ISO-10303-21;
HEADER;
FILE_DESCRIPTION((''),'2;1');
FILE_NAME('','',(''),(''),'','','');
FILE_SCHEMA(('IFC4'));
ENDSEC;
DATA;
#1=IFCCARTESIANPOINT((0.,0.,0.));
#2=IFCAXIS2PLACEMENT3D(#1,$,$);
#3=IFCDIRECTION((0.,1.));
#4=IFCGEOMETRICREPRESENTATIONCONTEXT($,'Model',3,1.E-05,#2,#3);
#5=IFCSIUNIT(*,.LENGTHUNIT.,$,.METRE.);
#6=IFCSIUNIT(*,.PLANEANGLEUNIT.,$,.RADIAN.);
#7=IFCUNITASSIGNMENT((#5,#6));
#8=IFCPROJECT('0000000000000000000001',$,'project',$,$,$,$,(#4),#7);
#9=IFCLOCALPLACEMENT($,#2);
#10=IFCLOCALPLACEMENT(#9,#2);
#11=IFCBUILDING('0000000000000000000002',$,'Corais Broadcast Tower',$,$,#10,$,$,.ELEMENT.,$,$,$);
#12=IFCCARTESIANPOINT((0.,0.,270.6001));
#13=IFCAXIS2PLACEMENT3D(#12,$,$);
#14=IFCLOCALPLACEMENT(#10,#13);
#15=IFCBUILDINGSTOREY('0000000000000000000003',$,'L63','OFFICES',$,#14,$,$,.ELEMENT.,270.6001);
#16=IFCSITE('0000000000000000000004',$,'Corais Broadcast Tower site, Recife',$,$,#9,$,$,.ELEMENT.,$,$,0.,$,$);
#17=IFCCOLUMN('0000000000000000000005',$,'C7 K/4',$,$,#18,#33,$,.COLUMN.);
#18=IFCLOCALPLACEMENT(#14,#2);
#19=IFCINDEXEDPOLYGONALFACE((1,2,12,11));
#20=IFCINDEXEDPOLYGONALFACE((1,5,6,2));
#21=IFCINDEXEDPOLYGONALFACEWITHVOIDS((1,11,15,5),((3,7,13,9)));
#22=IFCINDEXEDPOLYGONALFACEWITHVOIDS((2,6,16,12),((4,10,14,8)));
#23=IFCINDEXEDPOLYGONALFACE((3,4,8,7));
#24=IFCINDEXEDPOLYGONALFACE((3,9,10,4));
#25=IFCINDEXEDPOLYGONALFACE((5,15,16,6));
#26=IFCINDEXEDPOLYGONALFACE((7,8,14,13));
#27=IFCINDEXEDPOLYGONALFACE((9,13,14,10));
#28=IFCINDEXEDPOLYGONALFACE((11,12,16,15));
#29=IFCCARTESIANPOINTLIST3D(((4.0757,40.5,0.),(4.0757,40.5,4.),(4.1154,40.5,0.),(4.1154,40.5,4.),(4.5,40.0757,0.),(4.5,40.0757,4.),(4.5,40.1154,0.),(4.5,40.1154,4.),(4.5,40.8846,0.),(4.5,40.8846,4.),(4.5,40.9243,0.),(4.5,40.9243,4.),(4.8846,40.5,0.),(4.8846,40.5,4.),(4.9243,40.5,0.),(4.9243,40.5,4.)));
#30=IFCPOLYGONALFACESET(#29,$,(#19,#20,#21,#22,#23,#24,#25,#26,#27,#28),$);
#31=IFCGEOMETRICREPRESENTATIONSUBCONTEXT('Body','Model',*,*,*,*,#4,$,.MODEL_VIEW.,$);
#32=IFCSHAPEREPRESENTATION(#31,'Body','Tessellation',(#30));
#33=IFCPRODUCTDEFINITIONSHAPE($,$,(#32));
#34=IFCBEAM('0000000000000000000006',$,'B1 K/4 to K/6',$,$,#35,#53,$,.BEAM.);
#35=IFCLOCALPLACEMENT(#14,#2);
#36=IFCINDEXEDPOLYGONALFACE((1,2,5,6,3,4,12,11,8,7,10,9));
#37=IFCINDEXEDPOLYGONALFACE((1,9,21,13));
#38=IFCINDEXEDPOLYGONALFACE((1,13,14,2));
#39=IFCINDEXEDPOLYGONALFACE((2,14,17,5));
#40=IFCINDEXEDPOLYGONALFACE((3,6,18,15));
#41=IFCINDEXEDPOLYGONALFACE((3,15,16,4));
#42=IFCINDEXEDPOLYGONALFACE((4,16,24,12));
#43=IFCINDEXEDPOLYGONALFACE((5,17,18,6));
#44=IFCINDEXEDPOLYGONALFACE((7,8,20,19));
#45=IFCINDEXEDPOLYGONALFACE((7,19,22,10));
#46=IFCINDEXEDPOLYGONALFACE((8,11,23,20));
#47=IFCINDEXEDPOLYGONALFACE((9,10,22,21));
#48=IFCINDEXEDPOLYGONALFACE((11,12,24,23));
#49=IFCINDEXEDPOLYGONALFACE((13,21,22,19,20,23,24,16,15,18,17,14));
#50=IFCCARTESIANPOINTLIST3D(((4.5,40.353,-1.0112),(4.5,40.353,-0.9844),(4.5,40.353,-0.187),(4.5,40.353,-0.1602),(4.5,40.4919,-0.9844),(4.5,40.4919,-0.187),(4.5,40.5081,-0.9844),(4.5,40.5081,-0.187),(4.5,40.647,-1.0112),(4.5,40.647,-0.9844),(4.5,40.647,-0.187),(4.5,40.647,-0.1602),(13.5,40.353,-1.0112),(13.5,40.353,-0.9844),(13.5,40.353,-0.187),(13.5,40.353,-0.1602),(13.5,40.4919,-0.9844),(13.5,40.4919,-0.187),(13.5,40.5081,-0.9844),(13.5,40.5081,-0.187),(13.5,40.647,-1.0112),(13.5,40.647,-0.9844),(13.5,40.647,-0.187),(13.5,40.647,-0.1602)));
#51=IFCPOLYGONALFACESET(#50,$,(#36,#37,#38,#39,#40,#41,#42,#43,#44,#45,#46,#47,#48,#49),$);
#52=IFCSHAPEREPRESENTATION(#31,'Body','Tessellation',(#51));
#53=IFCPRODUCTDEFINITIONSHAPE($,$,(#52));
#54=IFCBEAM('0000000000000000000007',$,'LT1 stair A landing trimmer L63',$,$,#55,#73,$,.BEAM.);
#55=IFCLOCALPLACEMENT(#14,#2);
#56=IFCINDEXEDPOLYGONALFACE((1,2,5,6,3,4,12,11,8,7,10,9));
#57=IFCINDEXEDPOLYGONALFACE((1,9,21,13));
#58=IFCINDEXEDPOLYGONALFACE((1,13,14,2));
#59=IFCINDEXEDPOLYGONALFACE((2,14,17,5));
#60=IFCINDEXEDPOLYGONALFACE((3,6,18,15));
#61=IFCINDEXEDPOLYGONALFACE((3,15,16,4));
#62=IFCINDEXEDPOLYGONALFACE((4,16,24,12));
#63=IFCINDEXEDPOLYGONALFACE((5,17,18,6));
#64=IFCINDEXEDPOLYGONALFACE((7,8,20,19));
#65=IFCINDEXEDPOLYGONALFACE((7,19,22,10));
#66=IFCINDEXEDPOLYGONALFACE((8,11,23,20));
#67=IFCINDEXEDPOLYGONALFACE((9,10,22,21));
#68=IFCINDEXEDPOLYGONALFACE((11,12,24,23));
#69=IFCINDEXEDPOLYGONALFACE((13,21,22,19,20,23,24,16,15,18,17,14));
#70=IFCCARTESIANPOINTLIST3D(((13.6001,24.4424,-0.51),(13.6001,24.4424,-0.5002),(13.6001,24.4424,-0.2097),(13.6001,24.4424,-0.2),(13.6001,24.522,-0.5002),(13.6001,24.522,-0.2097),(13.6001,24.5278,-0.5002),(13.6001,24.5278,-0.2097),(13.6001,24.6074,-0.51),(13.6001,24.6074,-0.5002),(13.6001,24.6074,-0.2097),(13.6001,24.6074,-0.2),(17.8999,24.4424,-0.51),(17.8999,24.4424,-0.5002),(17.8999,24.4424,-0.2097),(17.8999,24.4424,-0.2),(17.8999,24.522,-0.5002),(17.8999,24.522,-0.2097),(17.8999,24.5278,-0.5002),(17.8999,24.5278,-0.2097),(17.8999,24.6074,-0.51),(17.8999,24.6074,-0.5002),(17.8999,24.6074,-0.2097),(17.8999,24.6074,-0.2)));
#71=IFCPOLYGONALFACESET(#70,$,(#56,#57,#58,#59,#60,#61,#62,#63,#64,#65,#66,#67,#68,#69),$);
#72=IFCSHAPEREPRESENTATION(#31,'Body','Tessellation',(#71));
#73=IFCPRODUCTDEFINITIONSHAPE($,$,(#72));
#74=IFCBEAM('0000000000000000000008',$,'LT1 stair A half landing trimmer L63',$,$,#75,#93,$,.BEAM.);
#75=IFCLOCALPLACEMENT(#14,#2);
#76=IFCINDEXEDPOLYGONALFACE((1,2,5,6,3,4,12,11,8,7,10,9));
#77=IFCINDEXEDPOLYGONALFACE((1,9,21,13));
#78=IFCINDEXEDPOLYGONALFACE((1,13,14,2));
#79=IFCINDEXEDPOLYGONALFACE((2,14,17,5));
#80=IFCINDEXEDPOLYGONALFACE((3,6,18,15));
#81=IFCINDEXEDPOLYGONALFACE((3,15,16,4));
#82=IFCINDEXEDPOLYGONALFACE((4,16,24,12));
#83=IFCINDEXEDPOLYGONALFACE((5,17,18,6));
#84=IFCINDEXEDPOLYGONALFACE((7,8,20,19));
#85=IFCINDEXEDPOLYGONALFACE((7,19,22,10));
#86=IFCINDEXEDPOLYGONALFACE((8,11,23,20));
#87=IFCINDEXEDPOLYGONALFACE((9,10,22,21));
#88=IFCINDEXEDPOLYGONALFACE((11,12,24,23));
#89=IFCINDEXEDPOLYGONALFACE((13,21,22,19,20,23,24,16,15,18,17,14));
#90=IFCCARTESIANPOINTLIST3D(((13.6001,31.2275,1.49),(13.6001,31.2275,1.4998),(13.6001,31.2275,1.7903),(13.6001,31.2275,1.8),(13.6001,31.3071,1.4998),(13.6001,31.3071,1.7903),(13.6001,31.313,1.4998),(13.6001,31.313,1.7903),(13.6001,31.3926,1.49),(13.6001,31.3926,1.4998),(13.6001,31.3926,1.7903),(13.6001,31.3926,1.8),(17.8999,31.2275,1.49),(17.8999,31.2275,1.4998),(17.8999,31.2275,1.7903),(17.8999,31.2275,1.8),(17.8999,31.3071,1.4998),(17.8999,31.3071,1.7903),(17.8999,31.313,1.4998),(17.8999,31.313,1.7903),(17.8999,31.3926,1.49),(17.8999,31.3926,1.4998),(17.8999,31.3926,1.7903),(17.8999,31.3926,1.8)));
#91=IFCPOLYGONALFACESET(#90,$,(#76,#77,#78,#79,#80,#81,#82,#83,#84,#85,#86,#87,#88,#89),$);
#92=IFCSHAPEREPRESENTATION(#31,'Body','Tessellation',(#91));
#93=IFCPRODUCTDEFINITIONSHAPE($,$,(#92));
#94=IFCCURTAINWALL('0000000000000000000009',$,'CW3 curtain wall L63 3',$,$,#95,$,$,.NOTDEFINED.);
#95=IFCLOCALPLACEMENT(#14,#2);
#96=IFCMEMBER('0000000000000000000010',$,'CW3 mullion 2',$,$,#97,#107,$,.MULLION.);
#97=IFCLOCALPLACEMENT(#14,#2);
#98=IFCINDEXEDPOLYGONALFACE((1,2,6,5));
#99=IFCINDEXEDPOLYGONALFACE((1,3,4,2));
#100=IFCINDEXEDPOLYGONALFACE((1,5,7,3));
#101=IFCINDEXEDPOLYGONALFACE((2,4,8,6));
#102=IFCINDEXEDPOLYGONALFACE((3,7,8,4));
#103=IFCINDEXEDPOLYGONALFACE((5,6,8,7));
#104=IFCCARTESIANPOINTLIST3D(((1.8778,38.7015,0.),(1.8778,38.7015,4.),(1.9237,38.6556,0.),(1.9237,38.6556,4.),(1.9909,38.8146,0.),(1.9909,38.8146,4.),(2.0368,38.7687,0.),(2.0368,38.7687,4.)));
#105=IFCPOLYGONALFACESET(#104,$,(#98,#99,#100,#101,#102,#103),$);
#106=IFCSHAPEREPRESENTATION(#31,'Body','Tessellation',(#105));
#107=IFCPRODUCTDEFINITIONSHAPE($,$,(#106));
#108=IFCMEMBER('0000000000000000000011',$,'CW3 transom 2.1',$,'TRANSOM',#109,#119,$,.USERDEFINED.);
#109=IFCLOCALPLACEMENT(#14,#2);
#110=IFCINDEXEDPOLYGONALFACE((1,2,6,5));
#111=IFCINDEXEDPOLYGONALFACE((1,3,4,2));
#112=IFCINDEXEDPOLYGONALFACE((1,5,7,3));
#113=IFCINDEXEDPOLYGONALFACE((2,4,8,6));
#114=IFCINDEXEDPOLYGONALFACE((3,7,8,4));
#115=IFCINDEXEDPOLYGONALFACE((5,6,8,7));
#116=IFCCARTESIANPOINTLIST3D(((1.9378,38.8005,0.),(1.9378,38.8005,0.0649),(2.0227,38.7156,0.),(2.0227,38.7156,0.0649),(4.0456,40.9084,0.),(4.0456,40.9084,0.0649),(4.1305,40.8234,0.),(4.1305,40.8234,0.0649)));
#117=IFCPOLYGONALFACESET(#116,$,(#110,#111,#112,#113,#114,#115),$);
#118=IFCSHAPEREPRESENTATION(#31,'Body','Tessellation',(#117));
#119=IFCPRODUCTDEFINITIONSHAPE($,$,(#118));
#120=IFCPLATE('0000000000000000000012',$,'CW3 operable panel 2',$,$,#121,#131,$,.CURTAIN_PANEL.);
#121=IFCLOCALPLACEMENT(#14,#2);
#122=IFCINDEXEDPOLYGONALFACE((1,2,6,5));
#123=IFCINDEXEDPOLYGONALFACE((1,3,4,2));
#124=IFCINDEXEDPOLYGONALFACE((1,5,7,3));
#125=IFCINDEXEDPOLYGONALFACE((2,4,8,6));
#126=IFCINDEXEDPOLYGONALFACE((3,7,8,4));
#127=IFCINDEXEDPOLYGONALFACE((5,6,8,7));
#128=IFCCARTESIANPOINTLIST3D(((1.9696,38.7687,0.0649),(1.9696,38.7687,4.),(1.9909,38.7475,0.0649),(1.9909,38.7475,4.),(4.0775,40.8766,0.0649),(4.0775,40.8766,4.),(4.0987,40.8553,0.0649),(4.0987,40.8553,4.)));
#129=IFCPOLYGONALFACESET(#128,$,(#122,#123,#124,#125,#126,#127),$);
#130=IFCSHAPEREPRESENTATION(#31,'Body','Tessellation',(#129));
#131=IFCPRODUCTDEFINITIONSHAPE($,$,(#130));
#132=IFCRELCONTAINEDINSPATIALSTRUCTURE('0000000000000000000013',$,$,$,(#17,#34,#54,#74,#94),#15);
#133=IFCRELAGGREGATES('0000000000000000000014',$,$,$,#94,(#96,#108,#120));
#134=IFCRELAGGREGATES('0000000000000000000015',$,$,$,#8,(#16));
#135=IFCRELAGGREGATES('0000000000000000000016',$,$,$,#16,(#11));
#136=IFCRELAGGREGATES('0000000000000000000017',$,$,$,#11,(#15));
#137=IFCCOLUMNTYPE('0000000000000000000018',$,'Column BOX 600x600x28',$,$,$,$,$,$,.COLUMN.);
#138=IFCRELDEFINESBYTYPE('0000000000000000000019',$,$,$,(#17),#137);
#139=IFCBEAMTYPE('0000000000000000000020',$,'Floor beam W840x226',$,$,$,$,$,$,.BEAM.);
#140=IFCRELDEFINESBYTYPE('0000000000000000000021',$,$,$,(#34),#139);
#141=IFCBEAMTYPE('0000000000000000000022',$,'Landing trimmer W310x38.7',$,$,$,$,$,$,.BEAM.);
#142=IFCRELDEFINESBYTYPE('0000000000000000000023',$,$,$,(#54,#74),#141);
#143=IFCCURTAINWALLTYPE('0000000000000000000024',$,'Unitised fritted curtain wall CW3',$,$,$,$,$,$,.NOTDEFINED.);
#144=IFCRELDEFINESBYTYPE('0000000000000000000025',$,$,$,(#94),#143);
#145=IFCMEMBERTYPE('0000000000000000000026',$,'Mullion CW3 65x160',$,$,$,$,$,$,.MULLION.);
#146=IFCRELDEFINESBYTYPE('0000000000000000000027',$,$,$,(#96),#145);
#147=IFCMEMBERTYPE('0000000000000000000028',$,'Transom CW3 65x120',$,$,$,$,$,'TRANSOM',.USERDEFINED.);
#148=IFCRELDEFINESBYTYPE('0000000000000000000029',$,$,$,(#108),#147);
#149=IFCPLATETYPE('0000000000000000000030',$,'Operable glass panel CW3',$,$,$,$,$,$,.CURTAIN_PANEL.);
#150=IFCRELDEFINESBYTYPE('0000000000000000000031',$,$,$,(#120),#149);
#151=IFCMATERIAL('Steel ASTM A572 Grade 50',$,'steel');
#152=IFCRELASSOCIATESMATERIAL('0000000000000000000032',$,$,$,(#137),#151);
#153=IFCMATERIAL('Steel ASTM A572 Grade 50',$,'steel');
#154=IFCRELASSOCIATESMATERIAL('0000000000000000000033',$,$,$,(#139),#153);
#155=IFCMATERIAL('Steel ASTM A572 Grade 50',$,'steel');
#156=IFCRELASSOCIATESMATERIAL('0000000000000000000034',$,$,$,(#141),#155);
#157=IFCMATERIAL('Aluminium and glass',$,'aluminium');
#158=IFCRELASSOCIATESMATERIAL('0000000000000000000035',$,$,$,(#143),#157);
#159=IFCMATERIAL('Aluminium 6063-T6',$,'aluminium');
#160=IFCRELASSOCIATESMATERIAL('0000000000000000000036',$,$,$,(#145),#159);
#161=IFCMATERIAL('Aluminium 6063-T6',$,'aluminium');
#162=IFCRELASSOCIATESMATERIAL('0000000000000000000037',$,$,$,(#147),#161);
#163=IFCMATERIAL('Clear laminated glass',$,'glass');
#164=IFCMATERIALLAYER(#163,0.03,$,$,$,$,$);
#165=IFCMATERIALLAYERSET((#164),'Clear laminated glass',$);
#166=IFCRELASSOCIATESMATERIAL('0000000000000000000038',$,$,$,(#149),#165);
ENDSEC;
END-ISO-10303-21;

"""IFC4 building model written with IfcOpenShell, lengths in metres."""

from ifc_helpers import new_model, si_unit, direction, frame, origin, origin_2d, place, context, subcontext, project, spatial, rectangle, hollow_rectangle, i_section, extrude, material, layer, layer_set, material_profile, profile_set, type_object, element, aggregate, save


model = new_model("IFC4")

# Units and contexts
model_context = context("Model", 3, precision=1e-05, world=origin(), true_north=direction((0.0, 1.0)))
body_context = subcontext(model_context, "Body", "Model", "MODEL_VIEW")
ifc_project = project(units=[si_unit("LENGTHUNIT", "METRE"), si_unit("PLANEANGLEUNIT", "RADIAN")], contexts=[model_context])

# Site, building, storey
site_placement = place(None, origin())
site = spatial("IfcSite", under=ifc_project, at=site_placement, Name="Corais Broadcast Tower site, Recife", CompositionType="ELEMENT", RefElevation=0.0)
building_placement = place(site_placement, origin())
building = spatial("IfcBuilding", under=site, at=building_placement, Name="Corais Broadcast Tower", CompositionType="ELEMENT")
storey_placement = place(building_placement, frame((0.0, 0.0, 270.6001)))
storey = spatial("IfcBuildingStorey", under=building, at=storey_placement, Name="L63", Description="OFFICES", CompositionType="ELEMENT", Elevation=270.6001)

# Column
ifc_material_1 = material(Name="Steel ASTM A572 Grade 50", Category="steel")
ifc_material_profile_1 = material_profile(ifc_material_1, hollow_rectangle(XDim=0.6001, YDim=0.6001, WallThickness=0.0281, at=origin_2d()), Name="BOX 600x600x28")
ifc_profile_set_1 = profile_set([ifc_material_profile_1], Name="Steel ASTM A572 Grade 50")
column_type = type_object("IfcColumnType", Name="Column BOX 600x600x28", PredefinedType="COLUMN", material=ifc_profile_set_1)
column_placement = place(storey_placement, frame((4.5, 40.5, 0.0), z_axis=(0.0, 0.0, 1.0), x_axis=(0.707107, 0.707107, 0.0)))
element("IfcColumn", 1, at=column_placement, inside=storey, type_object=column_type, Name="C7 K/4", PredefinedType="COLUMN", context=body_context, shape_type="SweptSolid", body=[
    extrude(hollow_rectangle(XDim=0.6001, YDim=0.6001, WallThickness=0.0281, at=origin_2d()), origin(), (0.0, 0.0, 1.0), 4.0),
])

# Beams
ifc_material_2 = material(Name="Steel ASTM A572 Grade 50", Category="steel")
ifc_material_profile_2 = material_profile(ifc_material_2, i_section(OverallWidth=0.2939, OverallDepth=0.8511, WebThickness=0.0161, FlangeThickness=0.0269, at=origin_2d()), Name="W840x226")
ifc_profile_set_2 = profile_set([ifc_material_profile_2], Name="Steel ASTM A572 Grade 50")
beam_type_1 = type_object("IfcBeamType", Name="Floor beam W840x226", PredefinedType="BEAM", material=ifc_profile_set_2)
beam_placement = place(storey_placement, frame((4.5, 40.5, -0.5857), z_axis=(1.0, 0.0, 0.0), x_axis=(0.0, 1.0, 0.0)))
element("IfcBeam", 2, at=beam_placement, inside=storey, type_object=beam_type_1, Name="B1 K/4 to K/6", PredefinedType="BEAM", context=body_context, shape_type="SweptSolid", body=[
    extrude(i_section(OverallWidth=0.2939, OverallDepth=0.8511, WebThickness=0.0161, FlangeThickness=0.0269, at=origin_2d()), origin(), (0.0, 0.0, 1.0), 9.0),
])
ifc_material_3 = material(Name="Steel ASTM A572 Grade 50", Category="steel")
ifc_material_profile_3 = material_profile(ifc_material_3, i_section(OverallWidth=0.165, OverallDepth=0.3101, WebThickness=0.0059, FlangeThickness=0.0098, at=origin_2d()), Name="W310x38.7")
ifc_profile_set_3 = profile_set([ifc_material_profile_3], Name="Steel ASTM A572 Grade 50")
beam_type_2 = type_object("IfcBeamType", Name="Landing trimmer W310x38.7", PredefinedType="BEAM", material=ifc_profile_set_3)
for number, where, z_axis, x_axis, name in (
    (3, (13.6001, 24.5249, -0.355), (1.0, 0.0, 0.0), (0.0, 1.0, 0.0), "LT1 stair A landing trimmer L63"),
    (4, (13.6001, 31.3101, 1.645), (1.0, 0.0, 0.0), (0.0, 1.0, 0.0), "LT1 stair A half landing trimmer L63"),
):
    element("IfcBeam", number, at=place(storey_placement, frame(where, z_axis=z_axis, x_axis=x_axis)), inside=storey, type_object=beam_type_2, Name=name, PredefinedType="BEAM", context=body_context, shape_type="SweptSolid", body=[
        extrude(i_section(OverallWidth=0.165, OverallDepth=0.3101, WebThickness=0.0059, FlangeThickness=0.0098, at=origin_2d()), origin(), (0.0, 0.0, 1.0), 4.2998),
    ])

# Curtain wall, members, plate
ifc_material_4 = material(Name="Aluminium and glass", Category="aluminium")
curtain_wall_type = type_object("IfcCurtainWallType", Name="Unitised fritted curtain wall CW3", PredefinedType="NOTDEFINED", material=ifc_material_4)
curtain_wall_placement = place(storey_placement, origin())
curtain_wall = element("IfcCurtainWall", 5, at=curtain_wall_placement, inside=storey, type_object=curtain_wall_type, Name="CW3 curtain wall L63 3", PredefinedType="NOTDEFINED")
ifc_material_5 = material(Name="Aluminium 6063-T6", Category="aluminium")
ifc_material_profile_4 = material_profile(ifc_material_5, rectangle(XDim=0.0649, YDim=0.1599, at=origin_2d()), Name="Mullion CW3 65x160")
ifc_profile_set_4 = profile_set([ifc_material_profile_4], Name="Aluminium 6063-T6")
member_type_1 = type_object("IfcMemberType", Name="Mullion CW3 65x160", PredefinedType="MULLION", material=ifc_profile_set_4)
member_1_placement = place(storey_placement, frame((1.9573, 38.7351, 0.0), z_axis=(0.0, 0.0, 1.0), x_axis=(-0.707107, 0.707107, 0.0)))
member_1 = element("IfcMember", 6, at=member_1_placement, type_object=member_type_1, Name="CW3 mullion 2", PredefinedType="MULLION", context=body_context, shape_type="SweptSolid", body=[
    extrude(rectangle(XDim=0.0649, YDim=0.1599, at=origin_2d()), origin(), (0.0, 0.0, 1.0), 4.0),
])
ifc_material_6 = material(Name="Aluminium 6063-T6", Category="aluminium")
ifc_material_profile_5 = material_profile(ifc_material_6, rectangle(XDim=0.1201, YDim=0.0649, at=origin_2d()), Name="Transom CW3 65x120")
ifc_profile_set_5 = profile_set([ifc_material_profile_5], Name="Aluminium 6063-T6")
member_type_2 = type_object("IfcMemberType", Name="Transom CW3 65x120", ElementType="TRANSOM", PredefinedType="USERDEFINED", material=ifc_profile_set_5)
member_2_placement = place(storey_placement, frame((1.9802, 38.7581, 0.0325), z_axis=(0.707107, 0.707107, 0.0), x_axis=(-0.707107, 0.707107, 0.0)))
member_2 = element("IfcMember", 7, at=member_2_placement, type_object=member_type_2, Name="CW3 transom 2.1", ObjectType="TRANSOM", PredefinedType="USERDEFINED", context=body_context, shape_type="SweptSolid", body=[
    extrude(rectangle(XDim=0.1201, YDim=0.0649, at=origin_2d()), origin(), (0.0, 0.0, 1.0), 2.981),
])
ifc_material_7 = material(Name="Clear laminated glass", Category="glass")
ifc_layer_1 = layer(ifc_material_7, 0.03)
ifc_layer_set_1 = layer_set([ifc_layer_1], Name="Clear laminated glass")
plate_type = type_object("IfcPlateType", Name="Operable glass panel CW3", PredefinedType="CURTAIN_PANEL", material=ifc_layer_set_1)
plate_placement = place(storey_placement, frame((3.0342, 39.812, 0.0649), z_axis=(0.0, 0.0, 1.0), x_axis=(0.707107, 0.707107, 0.0)))
plate = element("IfcPlate", 8, at=plate_placement, type_object=plate_type, Name="CW3 operable panel 2", PredefinedType="CURTAIN_PANEL", context=body_context, shape_type="SweptSolid", body=[
    extrude(rectangle(XDim=2.981, YDim=0.03, at=origin_2d()), origin(), (0.0, 0.0, 1.0), 3.9351),
])
aggregate(curtain_wall, [member_1, member_2, plate])

save(model, "model.ifc")
